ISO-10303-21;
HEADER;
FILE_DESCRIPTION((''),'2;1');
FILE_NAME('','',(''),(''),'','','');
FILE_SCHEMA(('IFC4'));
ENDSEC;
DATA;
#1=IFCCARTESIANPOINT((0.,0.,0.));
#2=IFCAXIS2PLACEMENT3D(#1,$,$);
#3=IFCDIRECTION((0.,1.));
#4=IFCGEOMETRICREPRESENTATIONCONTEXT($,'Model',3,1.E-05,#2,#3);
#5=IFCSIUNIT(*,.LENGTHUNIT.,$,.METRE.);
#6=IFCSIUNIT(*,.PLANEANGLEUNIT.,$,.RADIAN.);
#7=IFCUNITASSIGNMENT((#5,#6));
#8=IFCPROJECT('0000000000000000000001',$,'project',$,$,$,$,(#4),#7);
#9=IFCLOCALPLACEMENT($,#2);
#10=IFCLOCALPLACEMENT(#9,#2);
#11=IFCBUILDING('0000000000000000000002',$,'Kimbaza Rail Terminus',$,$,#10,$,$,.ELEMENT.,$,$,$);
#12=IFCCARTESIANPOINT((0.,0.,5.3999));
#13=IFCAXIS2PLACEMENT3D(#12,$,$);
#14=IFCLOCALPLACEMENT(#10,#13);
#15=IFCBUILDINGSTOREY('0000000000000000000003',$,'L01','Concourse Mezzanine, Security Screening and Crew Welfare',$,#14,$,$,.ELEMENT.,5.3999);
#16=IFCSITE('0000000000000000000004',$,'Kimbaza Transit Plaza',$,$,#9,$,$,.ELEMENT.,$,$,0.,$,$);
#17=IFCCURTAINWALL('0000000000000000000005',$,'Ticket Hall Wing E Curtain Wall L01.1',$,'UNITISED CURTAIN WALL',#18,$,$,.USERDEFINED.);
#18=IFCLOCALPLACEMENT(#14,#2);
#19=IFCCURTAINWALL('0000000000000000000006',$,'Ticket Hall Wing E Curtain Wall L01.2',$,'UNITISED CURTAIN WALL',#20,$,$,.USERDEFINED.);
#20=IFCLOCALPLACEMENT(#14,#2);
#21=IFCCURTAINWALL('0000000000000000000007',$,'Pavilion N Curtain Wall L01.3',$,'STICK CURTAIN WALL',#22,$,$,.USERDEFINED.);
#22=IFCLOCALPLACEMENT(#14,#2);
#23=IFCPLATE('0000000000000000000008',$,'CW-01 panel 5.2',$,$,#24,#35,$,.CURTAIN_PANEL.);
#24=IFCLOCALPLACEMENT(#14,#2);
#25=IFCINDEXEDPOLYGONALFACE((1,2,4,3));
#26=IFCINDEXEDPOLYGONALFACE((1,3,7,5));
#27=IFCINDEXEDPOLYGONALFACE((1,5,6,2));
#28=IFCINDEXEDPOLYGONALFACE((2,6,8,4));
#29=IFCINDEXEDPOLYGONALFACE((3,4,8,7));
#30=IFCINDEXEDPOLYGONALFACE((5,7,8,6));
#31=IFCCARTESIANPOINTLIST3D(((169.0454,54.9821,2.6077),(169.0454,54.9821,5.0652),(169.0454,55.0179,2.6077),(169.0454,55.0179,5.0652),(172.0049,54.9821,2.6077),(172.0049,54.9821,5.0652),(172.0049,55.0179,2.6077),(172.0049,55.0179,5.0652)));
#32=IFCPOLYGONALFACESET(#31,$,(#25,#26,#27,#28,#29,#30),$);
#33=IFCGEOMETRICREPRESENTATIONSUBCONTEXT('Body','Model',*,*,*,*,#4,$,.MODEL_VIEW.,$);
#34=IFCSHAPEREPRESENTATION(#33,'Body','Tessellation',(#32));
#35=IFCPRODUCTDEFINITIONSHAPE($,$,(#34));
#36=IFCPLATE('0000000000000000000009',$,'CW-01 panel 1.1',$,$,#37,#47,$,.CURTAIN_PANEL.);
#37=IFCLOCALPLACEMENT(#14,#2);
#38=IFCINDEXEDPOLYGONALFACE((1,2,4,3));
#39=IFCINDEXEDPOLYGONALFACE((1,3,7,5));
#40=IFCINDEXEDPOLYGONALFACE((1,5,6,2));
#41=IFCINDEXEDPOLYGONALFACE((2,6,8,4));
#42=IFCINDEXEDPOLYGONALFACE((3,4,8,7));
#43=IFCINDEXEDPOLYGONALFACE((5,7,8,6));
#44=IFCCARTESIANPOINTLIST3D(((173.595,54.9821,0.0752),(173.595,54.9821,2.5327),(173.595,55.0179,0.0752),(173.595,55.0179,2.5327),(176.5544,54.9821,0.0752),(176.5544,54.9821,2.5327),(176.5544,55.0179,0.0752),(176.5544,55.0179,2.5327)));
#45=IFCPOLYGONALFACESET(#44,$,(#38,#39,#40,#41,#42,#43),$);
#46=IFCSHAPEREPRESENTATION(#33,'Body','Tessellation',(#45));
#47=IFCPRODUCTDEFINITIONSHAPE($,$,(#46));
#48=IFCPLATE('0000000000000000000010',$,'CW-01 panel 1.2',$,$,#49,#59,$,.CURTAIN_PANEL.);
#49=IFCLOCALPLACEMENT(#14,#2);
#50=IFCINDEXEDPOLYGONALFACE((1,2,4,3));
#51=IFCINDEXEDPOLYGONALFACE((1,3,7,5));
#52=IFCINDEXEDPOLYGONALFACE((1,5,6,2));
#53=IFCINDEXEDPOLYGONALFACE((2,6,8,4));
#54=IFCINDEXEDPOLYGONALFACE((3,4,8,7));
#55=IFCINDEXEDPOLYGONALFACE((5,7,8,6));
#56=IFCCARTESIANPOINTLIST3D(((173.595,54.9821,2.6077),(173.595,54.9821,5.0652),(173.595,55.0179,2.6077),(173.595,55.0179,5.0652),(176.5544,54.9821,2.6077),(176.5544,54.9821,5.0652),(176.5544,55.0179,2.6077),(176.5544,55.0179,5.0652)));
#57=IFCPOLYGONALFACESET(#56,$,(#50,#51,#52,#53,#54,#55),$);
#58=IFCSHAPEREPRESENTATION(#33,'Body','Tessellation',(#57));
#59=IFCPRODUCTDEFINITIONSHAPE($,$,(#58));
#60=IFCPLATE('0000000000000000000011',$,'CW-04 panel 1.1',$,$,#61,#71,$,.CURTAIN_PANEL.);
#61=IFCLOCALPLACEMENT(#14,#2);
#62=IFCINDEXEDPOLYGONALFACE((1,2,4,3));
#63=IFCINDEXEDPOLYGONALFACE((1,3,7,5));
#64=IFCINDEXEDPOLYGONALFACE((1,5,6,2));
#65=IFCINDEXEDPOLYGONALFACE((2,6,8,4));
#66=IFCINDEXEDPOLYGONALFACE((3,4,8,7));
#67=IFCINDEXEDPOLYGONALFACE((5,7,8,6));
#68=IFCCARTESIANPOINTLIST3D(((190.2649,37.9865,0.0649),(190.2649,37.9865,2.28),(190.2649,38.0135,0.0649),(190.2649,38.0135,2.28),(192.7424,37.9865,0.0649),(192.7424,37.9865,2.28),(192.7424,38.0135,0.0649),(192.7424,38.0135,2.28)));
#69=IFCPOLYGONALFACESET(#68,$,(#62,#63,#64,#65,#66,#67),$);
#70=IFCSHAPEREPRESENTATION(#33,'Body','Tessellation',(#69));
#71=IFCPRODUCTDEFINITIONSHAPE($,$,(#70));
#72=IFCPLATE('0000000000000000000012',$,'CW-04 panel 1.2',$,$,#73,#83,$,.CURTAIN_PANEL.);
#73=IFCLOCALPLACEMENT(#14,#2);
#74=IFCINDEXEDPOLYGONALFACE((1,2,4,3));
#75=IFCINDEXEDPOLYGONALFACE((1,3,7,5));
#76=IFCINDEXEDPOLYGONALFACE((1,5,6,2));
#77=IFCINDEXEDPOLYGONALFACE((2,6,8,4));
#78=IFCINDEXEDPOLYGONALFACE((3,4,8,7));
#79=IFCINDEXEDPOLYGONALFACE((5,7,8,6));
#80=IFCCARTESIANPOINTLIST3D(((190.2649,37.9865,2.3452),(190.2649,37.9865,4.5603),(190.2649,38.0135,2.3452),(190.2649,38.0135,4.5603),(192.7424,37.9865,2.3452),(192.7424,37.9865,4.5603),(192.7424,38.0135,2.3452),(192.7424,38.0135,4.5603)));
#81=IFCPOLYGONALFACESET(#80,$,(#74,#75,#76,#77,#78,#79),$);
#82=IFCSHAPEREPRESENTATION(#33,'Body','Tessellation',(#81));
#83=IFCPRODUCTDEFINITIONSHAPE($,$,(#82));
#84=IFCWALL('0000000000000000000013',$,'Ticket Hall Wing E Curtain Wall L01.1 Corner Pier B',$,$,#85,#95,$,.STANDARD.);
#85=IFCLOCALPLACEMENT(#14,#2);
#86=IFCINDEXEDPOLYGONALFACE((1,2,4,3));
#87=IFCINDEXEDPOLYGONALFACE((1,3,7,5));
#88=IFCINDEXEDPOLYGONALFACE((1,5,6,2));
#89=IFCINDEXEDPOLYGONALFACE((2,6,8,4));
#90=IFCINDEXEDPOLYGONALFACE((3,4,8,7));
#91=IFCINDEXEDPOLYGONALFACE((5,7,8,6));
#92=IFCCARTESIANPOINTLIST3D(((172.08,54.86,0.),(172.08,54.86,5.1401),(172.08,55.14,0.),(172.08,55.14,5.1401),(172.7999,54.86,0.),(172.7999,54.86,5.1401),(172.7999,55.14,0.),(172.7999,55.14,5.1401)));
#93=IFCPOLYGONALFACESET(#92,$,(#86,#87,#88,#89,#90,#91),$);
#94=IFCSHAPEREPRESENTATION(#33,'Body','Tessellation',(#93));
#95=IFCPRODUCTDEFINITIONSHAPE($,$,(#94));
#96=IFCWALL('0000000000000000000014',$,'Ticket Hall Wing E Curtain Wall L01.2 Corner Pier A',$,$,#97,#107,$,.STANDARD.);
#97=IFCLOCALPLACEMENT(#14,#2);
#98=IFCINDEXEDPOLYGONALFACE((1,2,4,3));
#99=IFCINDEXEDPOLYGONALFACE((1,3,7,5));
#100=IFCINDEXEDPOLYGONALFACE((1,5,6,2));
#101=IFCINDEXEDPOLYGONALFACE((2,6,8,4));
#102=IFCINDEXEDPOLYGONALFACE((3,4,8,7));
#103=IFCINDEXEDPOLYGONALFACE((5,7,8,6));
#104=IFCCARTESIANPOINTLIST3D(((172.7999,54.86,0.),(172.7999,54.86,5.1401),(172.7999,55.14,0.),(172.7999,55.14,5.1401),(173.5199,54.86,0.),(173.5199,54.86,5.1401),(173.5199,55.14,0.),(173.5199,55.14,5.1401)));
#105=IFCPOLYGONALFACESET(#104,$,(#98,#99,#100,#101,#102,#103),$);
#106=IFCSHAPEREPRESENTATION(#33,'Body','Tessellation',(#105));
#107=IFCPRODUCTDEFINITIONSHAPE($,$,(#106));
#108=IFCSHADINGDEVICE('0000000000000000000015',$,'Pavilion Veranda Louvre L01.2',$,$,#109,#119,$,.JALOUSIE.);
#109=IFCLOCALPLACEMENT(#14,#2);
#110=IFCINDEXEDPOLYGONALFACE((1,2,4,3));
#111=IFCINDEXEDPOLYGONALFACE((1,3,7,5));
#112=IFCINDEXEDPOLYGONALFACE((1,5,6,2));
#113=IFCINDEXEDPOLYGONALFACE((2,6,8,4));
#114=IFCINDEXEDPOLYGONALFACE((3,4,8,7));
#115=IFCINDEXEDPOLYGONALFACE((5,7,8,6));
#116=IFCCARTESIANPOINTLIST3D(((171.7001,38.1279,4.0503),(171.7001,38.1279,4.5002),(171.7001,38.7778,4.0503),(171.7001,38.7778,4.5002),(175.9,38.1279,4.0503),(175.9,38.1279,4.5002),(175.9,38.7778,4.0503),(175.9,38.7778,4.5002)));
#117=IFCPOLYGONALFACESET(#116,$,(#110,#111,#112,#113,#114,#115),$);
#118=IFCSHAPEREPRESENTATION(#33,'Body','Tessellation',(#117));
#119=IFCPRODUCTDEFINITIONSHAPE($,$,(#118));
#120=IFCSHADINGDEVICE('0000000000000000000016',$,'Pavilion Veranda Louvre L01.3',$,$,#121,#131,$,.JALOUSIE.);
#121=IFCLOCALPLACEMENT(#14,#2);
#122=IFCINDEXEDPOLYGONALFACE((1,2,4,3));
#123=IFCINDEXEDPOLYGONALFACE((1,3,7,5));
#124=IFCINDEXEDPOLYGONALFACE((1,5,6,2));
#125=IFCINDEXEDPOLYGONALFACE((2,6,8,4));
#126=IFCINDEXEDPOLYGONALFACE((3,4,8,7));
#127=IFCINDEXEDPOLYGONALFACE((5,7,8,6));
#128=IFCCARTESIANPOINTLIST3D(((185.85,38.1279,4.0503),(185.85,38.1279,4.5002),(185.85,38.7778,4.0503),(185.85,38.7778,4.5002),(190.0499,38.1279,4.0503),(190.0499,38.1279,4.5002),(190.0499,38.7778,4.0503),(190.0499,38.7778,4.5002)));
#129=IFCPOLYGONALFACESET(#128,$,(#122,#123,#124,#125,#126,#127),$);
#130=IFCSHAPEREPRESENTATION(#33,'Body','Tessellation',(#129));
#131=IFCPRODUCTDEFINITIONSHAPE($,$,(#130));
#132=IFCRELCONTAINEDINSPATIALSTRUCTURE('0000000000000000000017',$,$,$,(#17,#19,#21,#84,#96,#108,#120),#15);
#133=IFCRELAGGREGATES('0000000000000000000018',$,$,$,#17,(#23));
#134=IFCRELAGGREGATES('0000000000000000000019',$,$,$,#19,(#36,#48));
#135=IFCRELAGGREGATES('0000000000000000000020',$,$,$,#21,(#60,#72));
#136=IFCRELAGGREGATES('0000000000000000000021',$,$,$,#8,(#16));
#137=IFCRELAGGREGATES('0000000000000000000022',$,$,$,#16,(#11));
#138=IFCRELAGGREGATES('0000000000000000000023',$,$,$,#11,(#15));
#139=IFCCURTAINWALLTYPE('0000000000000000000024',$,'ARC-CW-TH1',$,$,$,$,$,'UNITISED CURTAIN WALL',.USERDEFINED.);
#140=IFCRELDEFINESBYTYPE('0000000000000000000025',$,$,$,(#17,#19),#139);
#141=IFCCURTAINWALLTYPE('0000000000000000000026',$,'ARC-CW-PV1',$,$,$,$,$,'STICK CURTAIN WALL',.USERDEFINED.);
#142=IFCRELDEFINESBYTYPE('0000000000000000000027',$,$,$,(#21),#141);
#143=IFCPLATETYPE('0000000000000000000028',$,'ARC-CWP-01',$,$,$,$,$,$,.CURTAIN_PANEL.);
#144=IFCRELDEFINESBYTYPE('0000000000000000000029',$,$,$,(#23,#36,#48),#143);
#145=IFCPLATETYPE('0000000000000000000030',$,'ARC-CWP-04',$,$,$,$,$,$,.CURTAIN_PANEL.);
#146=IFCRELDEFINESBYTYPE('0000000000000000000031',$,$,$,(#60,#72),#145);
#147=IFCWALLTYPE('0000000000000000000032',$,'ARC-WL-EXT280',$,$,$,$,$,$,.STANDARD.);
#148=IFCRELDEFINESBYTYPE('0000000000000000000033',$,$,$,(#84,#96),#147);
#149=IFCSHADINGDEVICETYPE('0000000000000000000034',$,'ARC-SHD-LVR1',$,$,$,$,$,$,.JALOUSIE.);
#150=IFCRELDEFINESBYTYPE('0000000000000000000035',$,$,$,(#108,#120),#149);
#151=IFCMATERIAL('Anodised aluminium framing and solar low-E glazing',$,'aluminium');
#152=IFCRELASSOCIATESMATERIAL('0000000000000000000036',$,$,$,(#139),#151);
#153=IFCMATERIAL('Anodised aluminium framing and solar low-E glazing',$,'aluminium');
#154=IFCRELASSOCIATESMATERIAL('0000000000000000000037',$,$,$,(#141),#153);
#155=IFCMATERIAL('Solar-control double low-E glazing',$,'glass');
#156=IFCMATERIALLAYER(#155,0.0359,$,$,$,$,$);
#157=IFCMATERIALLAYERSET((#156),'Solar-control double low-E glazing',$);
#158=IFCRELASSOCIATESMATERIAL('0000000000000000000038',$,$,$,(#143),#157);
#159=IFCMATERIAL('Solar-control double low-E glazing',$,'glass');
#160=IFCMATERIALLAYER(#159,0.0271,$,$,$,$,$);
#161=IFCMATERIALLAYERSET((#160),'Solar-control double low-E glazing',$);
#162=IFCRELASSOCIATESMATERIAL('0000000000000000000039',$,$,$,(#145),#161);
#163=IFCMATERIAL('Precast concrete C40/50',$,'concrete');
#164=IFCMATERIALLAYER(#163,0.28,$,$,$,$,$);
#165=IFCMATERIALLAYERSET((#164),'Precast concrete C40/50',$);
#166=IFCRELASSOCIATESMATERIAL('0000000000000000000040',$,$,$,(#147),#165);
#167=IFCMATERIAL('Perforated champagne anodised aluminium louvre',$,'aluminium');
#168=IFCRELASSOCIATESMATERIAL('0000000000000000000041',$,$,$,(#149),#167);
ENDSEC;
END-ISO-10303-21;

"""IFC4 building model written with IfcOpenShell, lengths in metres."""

from ifc_helpers import new_model, si_unit, direction, frame, frame_2d, origin, origin_2d, place, context, subcontext, project, spatial, rectangle, extrude, material, layer, layer_set, type_object, element, aggregate, save


model = new_model("IFC4")

# Units and contexts
model_context = context("Model", 3, precision=1e-05, world=origin(), true_north=direction((0.0, 1.0)))
body_context = subcontext(model_context, "Body", "Model", "MODEL_VIEW")
ifc_project = project(units=[si_unit("LENGTHUNIT", "METRE"), si_unit("PLANEANGLEUNIT", "RADIAN")], contexts=[model_context])

# Site, building, storey
site_placement = place(None, origin())
site = spatial("IfcSite", under=ifc_project, at=site_placement, Name="Kimbaza Transit Plaza", CompositionType="ELEMENT", RefElevation=0.0)
building_placement = place(site_placement, origin())
building = spatial("IfcBuilding", under=site, at=building_placement, Name="Kimbaza Rail Terminus", CompositionType="ELEMENT")
storey_placement = place(building_placement, frame((0.0, 0.0, 5.3999)))
storey = spatial("IfcBuildingStorey", under=building, at=storey_placement, Name="L01", Description="Concourse Mezzanine, Security Screening and Crew Welfare", CompositionType="ELEMENT", Elevation=5.3999)

# Curtain wall
ifc_material_1 = material(Name="Anodised aluminium framing and solar low-E glazing", Category="aluminium")
curtain_wall_type_1 = type_object("IfcCurtainWallType", Name="ARC-CW-TH1", ElementType="UNITISED CURTAIN WALL", PredefinedType="USERDEFINED", material=ifc_material_1)
curtain_wall_1_placement = place(storey_placement, origin())
curtain_wall_1 = element("IfcCurtainWall", 1, at=curtain_wall_1_placement, inside=storey, type_object=curtain_wall_type_1, Name="Ticket Hall Wing E Curtain Wall L01.1", ObjectType="UNITISED CURTAIN WALL", PredefinedType="USERDEFINED")

# Curtain walls
curtain_wall_2_placement = place(storey_placement, origin())
curtain_wall_2 = element("IfcCurtainWall", 2, at=curtain_wall_2_placement, inside=storey, type_object=curtain_wall_type_1, Name="Ticket Hall Wing E Curtain Wall L01.2", ObjectType="UNITISED CURTAIN WALL", PredefinedType="USERDEFINED")
ifc_material_2 = material(Name="Anodised aluminium framing and solar low-E glazing", Category="aluminium")
curtain_wall_type_2 = type_object("IfcCurtainWallType", Name="ARC-CW-PV1", ElementType="STICK CURTAIN WALL", PredefinedType="USERDEFINED", material=ifc_material_2)
curtain_wall_3_placement = place(storey_placement, origin())
curtain_wall_3 = element("IfcCurtainWall", 3, at=curtain_wall_3_placement, inside=storey, type_object=curtain_wall_type_2, Name="Pavilion N Curtain Wall L01.3", ObjectType="STICK CURTAIN WALL", PredefinedType="USERDEFINED")

# Plates
ifc_material_3 = material(Name="Solar-control double low-E glazing", Category="glass")
ifc_layer_1 = layer(ifc_material_3, 0.0359)
ifc_layer_set_1 = layer_set([ifc_layer_1], Name="Solar-control double low-E glazing")
plate_type_1 = type_object("IfcPlateType", Name="ARC-CWP-01", PredefinedType="CURTAIN_PANEL", material=ifc_layer_set_1)
plate_1_placement = place(storey_placement, frame((170.5251, 55.0, 2.6077), z_axis=(0.0, 0.0, 1.0), x_axis=(1.0, 0.0, 0.0)))
plate_1 = element("IfcPlate", 4, at=plate_1_placement, type_object=plate_type_1, Name="CW-01 panel 5.2", PredefinedType="CURTAIN_PANEL", context=body_context, shape_type="SweptSolid", body=[
    extrude(rectangle(XDim=2.9595, YDim=0.0359, at=origin_2d()), origin(), (0.0, 0.0, 1.0), 2.4575),
])
aggregate(curtain_wall_1, [plate_1])
plate_2_placement = place(storey_placement, frame((175.0747, 55.0, 0.0752), z_axis=(0.0, 0.0, 1.0), x_axis=(1.0, 0.0, 0.0)))
plate_2 = element("IfcPlate", 5, at=plate_2_placement, type_object=plate_type_1, Name="CW-01 panel 1.1", PredefinedType="CURTAIN_PANEL", context=body_context, shape_type="SweptSolid", body=[
    extrude(rectangle(XDim=2.9595, YDim=0.0359, at=origin_2d()), origin(), (0.0, 0.0, 1.0), 2.4575),
])
plate_3_placement = place(storey_placement, frame((175.0747, 55.0, 2.6077), z_axis=(0.0, 0.0, 1.0), x_axis=(1.0, 0.0, 0.0)))
plate_3 = element("IfcPlate", 6, at=plate_3_placement, type_object=plate_type_1, Name="CW-01 panel 1.2", PredefinedType="CURTAIN_PANEL", context=body_context, shape_type="SweptSolid", body=[
    extrude(rectangle(XDim=2.9595, YDim=0.0359, at=origin_2d()), origin(), (0.0, 0.0, 1.0), 2.4575),
])
aggregate(curtain_wall_2, [plate_2, plate_3])
ifc_material_4 = material(Name="Solar-control double low-E glazing", Category="glass")
ifc_layer_2 = layer(ifc_material_4, 0.0271)
ifc_layer_set_2 = layer_set([ifc_layer_2], Name="Solar-control double low-E glazing")
plate_type_2 = type_object("IfcPlateType", Name="ARC-CWP-04", PredefinedType="CURTAIN_PANEL", material=ifc_layer_set_2)
plate_4_placement = place(storey_placement, frame((191.5037, 38.0, 0.0649), z_axis=(0.0, 0.0, 1.0), x_axis=(1.0, 0.0, 0.0)))
plate_4 = element("IfcPlate", 7, at=plate_4_placement, type_object=plate_type_2, Name="CW-04 panel 1.1", PredefinedType="CURTAIN_PANEL", context=body_context, shape_type="SweptSolid", body=[
    extrude(rectangle(XDim=2.4775, YDim=0.0271, at=origin_2d()), origin(), (0.0, 0.0, 1.0), 2.2151),
])
plate_5_placement = place(storey_placement, frame((191.5037, 38.0, 2.3452), z_axis=(0.0, 0.0, 1.0), x_axis=(1.0, 0.0, 0.0)))
plate_5 = element("IfcPlate", 8, at=plate_5_placement, type_object=plate_type_2, Name="CW-04 panel 1.2", PredefinedType="CURTAIN_PANEL", context=body_context, shape_type="SweptSolid", body=[
    extrude(rectangle(XDim=2.4775, YDim=0.0271, at=origin_2d()), origin(), (0.0, 0.0, 1.0), 2.2151),
])
aggregate(curtain_wall_3, [plate_4, plate_5])

# Walls
ifc_material_5 = material(Name="Precast concrete C40/50", Category="concrete")
ifc_layer_3 = layer(ifc_material_5, 0.28)
ifc_layer_set_3 = layer_set([ifc_layer_3], Name="Precast concrete C40/50")
wall_type = type_object("IfcWallType", Name="ARC-WL-EXT280", PredefinedType="STANDARD", material=ifc_layer_set_3)
for number, where, z_axis, x_axis, name in (
    (9, (172.0801, 55.0, 0.0), (0.0, 0.0, 1.0), (1.0, 0.0, 0.0), "Ticket Hall Wing E Curtain Wall L01.1 Corner Pier B"),
    (10, (172.8, 55.0, 0.0), (0.0, 0.0, 1.0), (1.0, 0.0, 0.0), "Ticket Hall Wing E Curtain Wall L01.2 Corner Pier A"),
):
    element("IfcWall", number, at=place(storey_placement, frame(where, z_axis=z_axis, x_axis=x_axis)), inside=storey, type_object=wall_type, Name=name, PredefinedType="STANDARD", context=body_context, shape_type="SweptSolid", body=[
        extrude(rectangle(XDim=0.72, YDim=0.28, at=frame_2d((0.3599, 0.0))), origin(), (0.0, 0.0, 1.0), 5.1401),
    ])

# Shading devices
ifc_material_6 = material(Name="Perforated champagne anodised aluminium louvre", Category="aluminium")
shading_device_type = type_object("IfcShadingDeviceType", Name="ARC-SHD-LVR1", PredefinedType="JALOUSIE", material=ifc_material_6)
for number, where, z_axis, x_axis, name in (
    (11, (173.8, 38.4529, 4.0503), (0.0, 0.0, 1.0), (1.0, 0.0, 0.0), "Pavilion Veranda Louvre L01.2"),
    (12, (187.95, 38.4529, 4.0503), (0.0, 0.0, 1.0), (1.0, 0.0, 0.0), "Pavilion Veranda Louvre L01.3"),
):
    element("IfcShadingDevice", number, at=place(storey_placement, frame(where, z_axis=z_axis, x_axis=x_axis)), inside=storey, type_object=shading_device_type, Name=name, PredefinedType="JALOUSIE", context=body_context, shape_type="SweptSolid", body=[
        extrude(rectangle(XDim=4.2, YDim=0.6499, at=origin_2d()), origin(), (0.0, 0.0, 1.0), 0.45),
    ])

save(model, "model.ifc")
